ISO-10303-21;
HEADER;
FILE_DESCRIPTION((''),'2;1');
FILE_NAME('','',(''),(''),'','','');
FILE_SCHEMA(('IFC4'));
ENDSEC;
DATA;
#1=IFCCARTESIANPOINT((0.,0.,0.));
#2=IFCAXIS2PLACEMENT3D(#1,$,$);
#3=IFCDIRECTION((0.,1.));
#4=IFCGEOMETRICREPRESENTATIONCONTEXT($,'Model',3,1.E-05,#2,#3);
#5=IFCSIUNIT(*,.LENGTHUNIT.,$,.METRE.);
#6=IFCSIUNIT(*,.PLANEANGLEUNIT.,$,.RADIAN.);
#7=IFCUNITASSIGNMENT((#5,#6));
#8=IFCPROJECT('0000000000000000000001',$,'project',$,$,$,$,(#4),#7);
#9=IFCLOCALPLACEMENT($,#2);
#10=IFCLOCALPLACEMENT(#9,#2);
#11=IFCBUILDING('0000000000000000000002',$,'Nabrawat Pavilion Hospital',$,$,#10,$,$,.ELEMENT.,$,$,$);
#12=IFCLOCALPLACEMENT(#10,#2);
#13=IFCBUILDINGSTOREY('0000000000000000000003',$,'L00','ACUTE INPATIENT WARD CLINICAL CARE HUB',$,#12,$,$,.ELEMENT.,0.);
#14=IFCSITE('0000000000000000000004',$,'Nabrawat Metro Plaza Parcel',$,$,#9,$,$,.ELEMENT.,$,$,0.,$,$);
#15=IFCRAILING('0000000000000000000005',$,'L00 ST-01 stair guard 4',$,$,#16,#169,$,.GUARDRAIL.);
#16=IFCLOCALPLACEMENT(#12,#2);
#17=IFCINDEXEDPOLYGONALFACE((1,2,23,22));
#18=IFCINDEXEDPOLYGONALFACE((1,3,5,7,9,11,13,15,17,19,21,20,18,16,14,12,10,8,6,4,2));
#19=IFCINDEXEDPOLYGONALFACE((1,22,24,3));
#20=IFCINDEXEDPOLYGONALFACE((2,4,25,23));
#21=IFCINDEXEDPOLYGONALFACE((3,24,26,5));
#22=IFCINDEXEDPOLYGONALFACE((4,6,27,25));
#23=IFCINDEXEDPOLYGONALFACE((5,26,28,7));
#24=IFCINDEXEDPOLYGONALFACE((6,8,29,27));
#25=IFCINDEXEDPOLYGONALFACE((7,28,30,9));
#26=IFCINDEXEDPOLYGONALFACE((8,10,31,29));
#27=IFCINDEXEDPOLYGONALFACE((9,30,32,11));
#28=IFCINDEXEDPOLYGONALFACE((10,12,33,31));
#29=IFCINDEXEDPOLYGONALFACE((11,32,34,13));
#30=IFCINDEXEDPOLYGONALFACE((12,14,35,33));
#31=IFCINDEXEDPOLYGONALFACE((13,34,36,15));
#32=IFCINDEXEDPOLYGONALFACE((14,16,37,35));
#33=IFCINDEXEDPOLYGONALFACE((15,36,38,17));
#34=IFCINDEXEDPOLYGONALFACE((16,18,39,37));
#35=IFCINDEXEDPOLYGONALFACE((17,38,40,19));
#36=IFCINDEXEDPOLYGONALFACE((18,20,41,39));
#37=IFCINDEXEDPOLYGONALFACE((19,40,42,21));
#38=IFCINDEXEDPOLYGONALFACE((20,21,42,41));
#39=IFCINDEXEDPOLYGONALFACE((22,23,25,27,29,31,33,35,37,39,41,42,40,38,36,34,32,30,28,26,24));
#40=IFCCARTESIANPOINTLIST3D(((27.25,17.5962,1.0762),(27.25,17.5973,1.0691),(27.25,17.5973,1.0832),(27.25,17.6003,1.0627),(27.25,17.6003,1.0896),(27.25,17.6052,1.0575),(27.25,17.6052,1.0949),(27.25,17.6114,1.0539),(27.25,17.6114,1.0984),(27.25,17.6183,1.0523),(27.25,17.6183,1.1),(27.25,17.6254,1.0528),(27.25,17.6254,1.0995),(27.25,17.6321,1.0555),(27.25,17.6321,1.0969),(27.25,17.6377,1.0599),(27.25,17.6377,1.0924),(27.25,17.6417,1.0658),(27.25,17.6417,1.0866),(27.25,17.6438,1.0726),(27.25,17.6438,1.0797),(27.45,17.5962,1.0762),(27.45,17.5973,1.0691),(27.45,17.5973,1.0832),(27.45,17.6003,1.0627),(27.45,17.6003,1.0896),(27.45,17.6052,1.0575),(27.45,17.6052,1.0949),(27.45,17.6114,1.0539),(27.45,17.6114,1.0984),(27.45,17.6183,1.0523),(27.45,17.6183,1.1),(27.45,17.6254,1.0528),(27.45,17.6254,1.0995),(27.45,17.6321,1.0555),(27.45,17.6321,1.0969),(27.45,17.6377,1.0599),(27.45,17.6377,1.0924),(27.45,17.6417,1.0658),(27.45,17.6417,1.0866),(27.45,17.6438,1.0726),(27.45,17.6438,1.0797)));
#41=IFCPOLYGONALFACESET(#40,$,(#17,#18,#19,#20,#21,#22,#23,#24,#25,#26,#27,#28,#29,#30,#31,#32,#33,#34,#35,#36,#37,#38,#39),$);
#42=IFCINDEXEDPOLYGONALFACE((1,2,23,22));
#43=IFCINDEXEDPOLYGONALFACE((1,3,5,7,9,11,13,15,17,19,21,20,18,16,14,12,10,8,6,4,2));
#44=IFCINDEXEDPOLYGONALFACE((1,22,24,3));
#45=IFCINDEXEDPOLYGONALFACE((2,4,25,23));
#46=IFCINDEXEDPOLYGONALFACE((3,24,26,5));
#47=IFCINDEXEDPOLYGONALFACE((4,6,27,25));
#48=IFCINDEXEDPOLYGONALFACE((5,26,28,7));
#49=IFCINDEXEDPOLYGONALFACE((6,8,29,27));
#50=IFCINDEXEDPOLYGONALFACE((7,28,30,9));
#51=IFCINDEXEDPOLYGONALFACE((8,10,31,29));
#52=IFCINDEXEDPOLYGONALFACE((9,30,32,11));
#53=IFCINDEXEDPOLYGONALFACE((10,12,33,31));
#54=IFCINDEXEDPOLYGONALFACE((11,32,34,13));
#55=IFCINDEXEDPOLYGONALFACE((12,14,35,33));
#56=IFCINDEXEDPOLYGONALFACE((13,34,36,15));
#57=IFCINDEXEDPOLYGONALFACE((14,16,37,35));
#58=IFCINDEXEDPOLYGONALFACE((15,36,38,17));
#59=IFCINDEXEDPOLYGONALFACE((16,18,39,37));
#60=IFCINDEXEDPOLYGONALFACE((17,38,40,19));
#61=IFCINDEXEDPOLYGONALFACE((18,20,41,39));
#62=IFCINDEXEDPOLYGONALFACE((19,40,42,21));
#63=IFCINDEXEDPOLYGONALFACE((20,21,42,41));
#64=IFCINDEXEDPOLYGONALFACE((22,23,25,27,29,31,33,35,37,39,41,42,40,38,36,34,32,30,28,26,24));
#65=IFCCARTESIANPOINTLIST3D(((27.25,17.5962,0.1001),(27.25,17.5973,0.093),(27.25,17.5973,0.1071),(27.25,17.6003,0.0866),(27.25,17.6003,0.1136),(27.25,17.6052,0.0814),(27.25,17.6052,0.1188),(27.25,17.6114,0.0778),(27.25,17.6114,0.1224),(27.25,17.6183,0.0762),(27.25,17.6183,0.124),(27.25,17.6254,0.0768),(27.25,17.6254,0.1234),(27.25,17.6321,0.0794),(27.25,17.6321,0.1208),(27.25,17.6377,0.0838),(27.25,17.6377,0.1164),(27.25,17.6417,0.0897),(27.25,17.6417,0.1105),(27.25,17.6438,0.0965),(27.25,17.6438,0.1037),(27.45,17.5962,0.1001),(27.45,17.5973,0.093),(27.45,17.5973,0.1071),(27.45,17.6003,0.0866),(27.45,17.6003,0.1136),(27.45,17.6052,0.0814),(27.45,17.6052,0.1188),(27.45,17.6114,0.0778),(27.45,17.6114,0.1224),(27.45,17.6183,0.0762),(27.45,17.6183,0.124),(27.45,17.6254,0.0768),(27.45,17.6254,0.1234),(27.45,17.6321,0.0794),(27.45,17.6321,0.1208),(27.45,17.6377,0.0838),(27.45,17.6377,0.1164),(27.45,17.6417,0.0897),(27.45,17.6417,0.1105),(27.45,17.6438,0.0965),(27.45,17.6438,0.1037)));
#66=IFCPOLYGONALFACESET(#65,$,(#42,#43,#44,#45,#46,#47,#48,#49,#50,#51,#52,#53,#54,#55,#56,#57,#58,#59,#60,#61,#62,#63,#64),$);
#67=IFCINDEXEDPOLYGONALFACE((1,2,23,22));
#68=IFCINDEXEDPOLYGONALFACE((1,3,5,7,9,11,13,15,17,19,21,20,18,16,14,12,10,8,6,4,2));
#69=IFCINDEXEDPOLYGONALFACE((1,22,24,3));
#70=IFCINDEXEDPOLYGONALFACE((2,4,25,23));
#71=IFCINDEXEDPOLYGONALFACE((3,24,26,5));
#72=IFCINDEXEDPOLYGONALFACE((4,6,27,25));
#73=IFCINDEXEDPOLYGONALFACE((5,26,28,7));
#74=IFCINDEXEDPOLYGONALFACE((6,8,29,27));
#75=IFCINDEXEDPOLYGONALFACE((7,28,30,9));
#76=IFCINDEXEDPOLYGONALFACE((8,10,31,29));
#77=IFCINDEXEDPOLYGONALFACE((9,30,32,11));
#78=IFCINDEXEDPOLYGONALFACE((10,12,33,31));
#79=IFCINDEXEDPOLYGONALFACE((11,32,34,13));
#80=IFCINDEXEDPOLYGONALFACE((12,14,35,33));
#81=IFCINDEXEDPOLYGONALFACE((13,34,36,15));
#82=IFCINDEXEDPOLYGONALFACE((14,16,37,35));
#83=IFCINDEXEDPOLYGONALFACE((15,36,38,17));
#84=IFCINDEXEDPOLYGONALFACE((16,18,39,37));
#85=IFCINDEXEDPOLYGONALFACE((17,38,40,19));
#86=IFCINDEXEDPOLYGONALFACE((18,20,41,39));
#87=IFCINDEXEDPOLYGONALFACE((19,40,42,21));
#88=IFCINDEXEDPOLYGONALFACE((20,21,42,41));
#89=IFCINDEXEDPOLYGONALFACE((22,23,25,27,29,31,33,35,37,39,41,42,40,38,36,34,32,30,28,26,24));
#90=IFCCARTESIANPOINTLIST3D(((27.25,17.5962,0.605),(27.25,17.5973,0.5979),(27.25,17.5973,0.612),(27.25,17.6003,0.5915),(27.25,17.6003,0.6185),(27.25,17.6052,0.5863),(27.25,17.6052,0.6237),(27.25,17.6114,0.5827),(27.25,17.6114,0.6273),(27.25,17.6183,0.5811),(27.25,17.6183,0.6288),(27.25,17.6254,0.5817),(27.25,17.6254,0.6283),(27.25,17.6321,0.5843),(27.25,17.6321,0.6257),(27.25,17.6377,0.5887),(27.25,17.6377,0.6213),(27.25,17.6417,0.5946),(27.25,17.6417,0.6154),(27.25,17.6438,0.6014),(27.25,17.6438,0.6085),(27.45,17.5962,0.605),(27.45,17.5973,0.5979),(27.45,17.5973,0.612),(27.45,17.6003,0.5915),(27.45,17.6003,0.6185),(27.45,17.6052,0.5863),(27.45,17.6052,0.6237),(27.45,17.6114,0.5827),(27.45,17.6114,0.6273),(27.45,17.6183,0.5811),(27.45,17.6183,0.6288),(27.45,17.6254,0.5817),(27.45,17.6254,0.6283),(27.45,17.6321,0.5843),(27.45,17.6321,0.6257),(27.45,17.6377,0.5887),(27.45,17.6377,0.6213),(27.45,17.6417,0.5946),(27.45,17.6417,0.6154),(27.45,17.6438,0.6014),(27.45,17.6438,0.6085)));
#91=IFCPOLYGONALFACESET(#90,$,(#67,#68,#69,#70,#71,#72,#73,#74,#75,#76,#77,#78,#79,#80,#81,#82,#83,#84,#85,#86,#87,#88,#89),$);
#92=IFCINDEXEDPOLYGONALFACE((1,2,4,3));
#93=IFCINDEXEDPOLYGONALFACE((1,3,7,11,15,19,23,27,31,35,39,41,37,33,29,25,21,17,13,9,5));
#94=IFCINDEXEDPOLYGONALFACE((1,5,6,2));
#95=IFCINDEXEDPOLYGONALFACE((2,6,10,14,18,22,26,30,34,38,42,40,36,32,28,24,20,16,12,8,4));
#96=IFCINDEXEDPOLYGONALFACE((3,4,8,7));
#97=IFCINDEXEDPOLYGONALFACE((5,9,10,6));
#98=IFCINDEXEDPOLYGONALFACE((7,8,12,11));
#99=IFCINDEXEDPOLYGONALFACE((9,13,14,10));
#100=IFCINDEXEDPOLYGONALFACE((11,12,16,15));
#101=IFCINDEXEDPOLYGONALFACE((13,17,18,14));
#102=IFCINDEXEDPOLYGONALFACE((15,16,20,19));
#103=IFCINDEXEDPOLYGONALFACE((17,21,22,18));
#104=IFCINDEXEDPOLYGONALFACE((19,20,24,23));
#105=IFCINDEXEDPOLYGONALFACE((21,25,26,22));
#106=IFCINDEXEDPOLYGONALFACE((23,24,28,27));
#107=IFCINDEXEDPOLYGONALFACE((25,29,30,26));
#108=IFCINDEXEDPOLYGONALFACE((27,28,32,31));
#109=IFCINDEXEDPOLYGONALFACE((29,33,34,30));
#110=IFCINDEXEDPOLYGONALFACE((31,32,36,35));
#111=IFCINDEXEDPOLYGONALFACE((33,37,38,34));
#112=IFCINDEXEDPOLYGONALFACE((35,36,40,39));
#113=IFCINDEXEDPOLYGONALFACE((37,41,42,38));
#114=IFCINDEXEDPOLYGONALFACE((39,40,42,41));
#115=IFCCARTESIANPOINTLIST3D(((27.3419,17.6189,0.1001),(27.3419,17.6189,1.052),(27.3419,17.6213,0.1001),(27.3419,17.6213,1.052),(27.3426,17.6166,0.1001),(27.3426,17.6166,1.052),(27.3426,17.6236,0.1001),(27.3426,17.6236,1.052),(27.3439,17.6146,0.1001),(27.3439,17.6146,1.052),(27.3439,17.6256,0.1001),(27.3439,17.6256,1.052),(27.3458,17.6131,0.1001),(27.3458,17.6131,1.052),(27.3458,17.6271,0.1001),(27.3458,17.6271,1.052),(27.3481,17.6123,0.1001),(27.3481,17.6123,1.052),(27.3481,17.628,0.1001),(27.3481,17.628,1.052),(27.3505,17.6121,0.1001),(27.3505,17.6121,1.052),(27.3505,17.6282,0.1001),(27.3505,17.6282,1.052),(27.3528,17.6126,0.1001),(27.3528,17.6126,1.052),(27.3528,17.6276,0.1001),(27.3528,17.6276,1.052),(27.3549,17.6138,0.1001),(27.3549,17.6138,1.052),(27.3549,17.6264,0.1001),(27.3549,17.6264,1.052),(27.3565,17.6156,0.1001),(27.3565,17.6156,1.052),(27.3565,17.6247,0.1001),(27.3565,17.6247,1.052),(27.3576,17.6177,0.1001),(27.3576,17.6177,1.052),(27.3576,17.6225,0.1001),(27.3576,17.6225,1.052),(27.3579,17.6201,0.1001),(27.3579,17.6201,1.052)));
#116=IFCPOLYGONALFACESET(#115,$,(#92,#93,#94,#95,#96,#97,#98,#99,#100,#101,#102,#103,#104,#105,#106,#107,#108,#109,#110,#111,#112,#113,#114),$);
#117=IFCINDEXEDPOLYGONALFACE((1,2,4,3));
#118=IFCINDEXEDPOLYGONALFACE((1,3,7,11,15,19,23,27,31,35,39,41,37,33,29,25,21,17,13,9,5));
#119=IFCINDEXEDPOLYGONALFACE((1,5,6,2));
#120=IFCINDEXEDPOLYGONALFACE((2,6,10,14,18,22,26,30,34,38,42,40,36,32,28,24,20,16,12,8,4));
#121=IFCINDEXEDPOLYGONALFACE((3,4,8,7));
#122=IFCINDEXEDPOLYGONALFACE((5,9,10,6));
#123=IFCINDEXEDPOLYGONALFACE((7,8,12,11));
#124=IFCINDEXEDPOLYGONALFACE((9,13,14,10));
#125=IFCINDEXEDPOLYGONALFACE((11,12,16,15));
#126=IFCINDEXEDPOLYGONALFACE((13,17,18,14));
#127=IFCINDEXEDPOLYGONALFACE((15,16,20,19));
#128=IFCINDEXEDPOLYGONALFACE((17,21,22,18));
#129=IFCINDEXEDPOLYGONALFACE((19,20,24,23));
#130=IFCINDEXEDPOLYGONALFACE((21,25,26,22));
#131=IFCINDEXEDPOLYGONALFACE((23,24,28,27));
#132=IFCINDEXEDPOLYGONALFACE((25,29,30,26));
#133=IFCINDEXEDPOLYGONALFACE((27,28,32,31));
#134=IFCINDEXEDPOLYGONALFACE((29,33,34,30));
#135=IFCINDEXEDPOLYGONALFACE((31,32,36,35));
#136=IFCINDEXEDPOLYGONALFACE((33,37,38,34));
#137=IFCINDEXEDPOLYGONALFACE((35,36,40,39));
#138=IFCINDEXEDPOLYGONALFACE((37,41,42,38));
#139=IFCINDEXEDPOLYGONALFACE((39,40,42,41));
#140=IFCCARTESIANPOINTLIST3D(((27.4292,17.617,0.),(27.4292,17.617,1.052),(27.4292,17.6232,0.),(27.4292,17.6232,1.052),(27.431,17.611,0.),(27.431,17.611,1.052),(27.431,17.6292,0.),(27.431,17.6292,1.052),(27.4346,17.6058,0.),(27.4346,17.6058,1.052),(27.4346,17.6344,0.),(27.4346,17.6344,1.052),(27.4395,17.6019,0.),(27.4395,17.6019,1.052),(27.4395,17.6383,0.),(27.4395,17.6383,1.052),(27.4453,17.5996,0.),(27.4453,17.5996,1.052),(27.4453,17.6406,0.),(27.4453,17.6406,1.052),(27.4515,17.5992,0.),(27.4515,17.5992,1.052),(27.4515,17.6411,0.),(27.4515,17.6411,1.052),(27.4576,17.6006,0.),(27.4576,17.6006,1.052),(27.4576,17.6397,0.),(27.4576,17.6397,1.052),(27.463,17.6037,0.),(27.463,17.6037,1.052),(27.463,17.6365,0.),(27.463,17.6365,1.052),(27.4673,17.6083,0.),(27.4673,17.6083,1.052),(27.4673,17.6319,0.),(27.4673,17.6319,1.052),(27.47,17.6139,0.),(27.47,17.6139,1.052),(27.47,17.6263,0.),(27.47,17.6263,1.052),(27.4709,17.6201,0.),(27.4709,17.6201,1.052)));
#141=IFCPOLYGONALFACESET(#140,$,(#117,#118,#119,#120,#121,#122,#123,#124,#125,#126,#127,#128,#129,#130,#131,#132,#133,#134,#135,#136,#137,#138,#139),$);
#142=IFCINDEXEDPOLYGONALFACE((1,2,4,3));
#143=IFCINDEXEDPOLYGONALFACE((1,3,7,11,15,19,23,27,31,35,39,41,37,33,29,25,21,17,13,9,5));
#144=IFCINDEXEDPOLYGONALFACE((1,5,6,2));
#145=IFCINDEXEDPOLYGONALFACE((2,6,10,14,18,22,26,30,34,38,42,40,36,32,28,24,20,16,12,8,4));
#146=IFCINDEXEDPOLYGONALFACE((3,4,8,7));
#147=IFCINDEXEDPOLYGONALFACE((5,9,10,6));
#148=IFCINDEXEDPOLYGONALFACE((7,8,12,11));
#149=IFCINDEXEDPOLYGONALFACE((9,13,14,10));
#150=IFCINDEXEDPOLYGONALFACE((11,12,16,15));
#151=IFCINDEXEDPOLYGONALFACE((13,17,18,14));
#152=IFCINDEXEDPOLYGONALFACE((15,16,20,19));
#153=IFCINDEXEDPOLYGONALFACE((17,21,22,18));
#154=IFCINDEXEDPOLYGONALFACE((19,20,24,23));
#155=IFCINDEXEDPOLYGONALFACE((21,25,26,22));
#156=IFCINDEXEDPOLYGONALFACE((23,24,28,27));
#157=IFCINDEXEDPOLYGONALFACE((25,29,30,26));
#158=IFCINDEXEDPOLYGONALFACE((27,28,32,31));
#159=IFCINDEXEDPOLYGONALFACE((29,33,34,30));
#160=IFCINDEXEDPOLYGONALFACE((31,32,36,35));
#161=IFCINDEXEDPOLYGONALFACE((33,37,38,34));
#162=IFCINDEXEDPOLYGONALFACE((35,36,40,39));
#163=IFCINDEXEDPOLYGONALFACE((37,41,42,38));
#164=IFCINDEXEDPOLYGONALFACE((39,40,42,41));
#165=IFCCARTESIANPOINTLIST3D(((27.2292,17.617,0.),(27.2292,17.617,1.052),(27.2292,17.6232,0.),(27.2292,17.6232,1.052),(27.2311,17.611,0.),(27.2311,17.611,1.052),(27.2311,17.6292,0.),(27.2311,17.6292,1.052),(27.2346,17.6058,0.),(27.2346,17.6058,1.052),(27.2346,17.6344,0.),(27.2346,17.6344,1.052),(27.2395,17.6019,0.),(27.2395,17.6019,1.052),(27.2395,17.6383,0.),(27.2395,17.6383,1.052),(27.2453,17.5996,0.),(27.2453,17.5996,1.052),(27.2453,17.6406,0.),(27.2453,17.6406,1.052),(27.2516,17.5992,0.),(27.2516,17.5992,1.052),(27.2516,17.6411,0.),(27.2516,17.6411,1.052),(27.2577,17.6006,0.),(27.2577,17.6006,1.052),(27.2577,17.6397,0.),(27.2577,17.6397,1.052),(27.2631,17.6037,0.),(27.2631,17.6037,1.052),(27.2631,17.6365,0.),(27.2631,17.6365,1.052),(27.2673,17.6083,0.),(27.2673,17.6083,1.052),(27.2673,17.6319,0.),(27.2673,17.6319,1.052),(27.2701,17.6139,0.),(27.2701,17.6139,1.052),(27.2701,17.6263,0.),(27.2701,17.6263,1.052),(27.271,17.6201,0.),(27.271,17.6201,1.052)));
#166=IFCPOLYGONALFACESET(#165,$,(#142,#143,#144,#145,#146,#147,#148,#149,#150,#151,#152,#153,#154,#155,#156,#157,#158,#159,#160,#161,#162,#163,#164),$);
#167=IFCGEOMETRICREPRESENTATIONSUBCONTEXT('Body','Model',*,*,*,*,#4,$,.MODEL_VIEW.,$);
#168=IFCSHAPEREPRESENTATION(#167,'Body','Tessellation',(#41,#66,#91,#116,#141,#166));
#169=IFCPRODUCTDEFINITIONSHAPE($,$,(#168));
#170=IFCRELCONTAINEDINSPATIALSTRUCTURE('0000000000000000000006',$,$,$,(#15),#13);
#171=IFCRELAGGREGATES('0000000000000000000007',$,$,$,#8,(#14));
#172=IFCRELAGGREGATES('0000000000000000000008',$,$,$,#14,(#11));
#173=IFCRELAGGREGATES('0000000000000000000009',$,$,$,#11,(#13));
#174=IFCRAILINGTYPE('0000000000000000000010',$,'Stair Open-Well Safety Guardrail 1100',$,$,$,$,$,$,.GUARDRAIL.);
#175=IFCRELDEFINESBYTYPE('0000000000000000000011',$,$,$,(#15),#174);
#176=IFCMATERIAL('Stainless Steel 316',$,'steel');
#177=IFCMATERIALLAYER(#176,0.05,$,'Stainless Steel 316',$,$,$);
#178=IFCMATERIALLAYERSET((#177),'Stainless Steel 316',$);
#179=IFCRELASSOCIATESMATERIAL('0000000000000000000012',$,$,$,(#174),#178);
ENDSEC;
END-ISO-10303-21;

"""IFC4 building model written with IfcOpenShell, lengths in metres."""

from ifc_helpers import new_model, si_unit, direction, frame, origin, origin_2d, place, context, subcontext, project, spatial, circle, extrude, material, layer, layer_set, type_object, element, save


model = new_model("IFC4")

# Units and contexts
model_context = context("Model", 3, precision=1e-05, world=origin(), true_north=direction((0.0, 1.0)))
body_context = subcontext(model_context, "Body", "Model", "MODEL_VIEW")
ifc_project = project(units=[si_unit("LENGTHUNIT", "METRE"), si_unit("PLANEANGLEUNIT", "RADIAN")], contexts=[model_context])

# Site, building, storey
site_placement = place(None, origin())
site = spatial("IfcSite", under=ifc_project, at=site_placement, Name="Nabrawat Metro Plaza Parcel", CompositionType="ELEMENT", RefElevation=0.0)
building_placement = place(site_placement, origin())
building = spatial("IfcBuilding", under=site, at=building_placement, Name="Nabrawat Pavilion Hospital", CompositionType="ELEMENT")
storey_placement = place(building_placement, origin())
storey = spatial("IfcBuildingStorey", under=building, at=storey_placement, Name="L00", Description="ACUTE INPATIENT WARD CLINICAL CARE HUB", CompositionType="ELEMENT", Elevation=0.0)

# Railing
ifc_material_1 = material(Name="Stainless Steel 316", Category="steel")
ifc_layer_1 = layer(ifc_material_1, 0.05, Name="Stainless Steel 316")
ifc_layer_set_1 = layer_set([ifc_layer_1], Name="Stainless Steel 316")
railing_type_1 = type_object("IfcRailingType", Name="Stair Open-Well Safety Guardrail 1100", PredefinedType="GUARDRAIL", material=ifc_layer_set_1)
railing_1_placement = place(storey_placement, frame((27.45, 17.6201, 0.0)))
element("IfcRailing", 1, at=railing_1_placement, inside=storey, type_object=railing_type_1, Name="L00 ST-01 stair guard 4", PredefinedType="GUARDRAIL", context=body_context, shape_type="SweptSolid", body=[
    extrude(circle(Radius=0.0239, at=origin_2d()), frame((0.0, 0.0, 1.0762), z_axis=(-1.0, 0.0, 0.0), x_axis=(0.0, -1.0, 0.0)), (0.0, 0.0, 1.0), 0.2),
    extrude(circle(Radius=0.0239, at=origin_2d()), frame((0.0, 0.0, 0.1001), z_axis=(-1.0, 0.0, 0.0), x_axis=(0.0, -1.0, 0.0)), (0.0, 0.0, 1.0), 0.2),
    extrude(circle(Radius=0.0239, at=origin_2d()), frame((0.0, 0.0, 0.605), z_axis=(-1.0, 0.0, 0.0), x_axis=(0.0, -1.0, 0.0)), (0.0, 0.0, 1.0), 0.2),
    extrude(circle(Radius=0.0081, at=origin_2d()), frame((-0.1001, 0.0, 0.1001)), (0.0, 0.0, 1.0), 0.9519),
    extrude(circle(Radius=0.021, at=origin_2d()), origin(), (0.0, 0.0, 1.0), 1.052),
    extrude(circle(Radius=0.021, at=origin_2d()), frame((-0.2, 0.0, 0.0)), (0.0, 0.0, 1.0), 1.052),
])

save(model, "model.ifc")
